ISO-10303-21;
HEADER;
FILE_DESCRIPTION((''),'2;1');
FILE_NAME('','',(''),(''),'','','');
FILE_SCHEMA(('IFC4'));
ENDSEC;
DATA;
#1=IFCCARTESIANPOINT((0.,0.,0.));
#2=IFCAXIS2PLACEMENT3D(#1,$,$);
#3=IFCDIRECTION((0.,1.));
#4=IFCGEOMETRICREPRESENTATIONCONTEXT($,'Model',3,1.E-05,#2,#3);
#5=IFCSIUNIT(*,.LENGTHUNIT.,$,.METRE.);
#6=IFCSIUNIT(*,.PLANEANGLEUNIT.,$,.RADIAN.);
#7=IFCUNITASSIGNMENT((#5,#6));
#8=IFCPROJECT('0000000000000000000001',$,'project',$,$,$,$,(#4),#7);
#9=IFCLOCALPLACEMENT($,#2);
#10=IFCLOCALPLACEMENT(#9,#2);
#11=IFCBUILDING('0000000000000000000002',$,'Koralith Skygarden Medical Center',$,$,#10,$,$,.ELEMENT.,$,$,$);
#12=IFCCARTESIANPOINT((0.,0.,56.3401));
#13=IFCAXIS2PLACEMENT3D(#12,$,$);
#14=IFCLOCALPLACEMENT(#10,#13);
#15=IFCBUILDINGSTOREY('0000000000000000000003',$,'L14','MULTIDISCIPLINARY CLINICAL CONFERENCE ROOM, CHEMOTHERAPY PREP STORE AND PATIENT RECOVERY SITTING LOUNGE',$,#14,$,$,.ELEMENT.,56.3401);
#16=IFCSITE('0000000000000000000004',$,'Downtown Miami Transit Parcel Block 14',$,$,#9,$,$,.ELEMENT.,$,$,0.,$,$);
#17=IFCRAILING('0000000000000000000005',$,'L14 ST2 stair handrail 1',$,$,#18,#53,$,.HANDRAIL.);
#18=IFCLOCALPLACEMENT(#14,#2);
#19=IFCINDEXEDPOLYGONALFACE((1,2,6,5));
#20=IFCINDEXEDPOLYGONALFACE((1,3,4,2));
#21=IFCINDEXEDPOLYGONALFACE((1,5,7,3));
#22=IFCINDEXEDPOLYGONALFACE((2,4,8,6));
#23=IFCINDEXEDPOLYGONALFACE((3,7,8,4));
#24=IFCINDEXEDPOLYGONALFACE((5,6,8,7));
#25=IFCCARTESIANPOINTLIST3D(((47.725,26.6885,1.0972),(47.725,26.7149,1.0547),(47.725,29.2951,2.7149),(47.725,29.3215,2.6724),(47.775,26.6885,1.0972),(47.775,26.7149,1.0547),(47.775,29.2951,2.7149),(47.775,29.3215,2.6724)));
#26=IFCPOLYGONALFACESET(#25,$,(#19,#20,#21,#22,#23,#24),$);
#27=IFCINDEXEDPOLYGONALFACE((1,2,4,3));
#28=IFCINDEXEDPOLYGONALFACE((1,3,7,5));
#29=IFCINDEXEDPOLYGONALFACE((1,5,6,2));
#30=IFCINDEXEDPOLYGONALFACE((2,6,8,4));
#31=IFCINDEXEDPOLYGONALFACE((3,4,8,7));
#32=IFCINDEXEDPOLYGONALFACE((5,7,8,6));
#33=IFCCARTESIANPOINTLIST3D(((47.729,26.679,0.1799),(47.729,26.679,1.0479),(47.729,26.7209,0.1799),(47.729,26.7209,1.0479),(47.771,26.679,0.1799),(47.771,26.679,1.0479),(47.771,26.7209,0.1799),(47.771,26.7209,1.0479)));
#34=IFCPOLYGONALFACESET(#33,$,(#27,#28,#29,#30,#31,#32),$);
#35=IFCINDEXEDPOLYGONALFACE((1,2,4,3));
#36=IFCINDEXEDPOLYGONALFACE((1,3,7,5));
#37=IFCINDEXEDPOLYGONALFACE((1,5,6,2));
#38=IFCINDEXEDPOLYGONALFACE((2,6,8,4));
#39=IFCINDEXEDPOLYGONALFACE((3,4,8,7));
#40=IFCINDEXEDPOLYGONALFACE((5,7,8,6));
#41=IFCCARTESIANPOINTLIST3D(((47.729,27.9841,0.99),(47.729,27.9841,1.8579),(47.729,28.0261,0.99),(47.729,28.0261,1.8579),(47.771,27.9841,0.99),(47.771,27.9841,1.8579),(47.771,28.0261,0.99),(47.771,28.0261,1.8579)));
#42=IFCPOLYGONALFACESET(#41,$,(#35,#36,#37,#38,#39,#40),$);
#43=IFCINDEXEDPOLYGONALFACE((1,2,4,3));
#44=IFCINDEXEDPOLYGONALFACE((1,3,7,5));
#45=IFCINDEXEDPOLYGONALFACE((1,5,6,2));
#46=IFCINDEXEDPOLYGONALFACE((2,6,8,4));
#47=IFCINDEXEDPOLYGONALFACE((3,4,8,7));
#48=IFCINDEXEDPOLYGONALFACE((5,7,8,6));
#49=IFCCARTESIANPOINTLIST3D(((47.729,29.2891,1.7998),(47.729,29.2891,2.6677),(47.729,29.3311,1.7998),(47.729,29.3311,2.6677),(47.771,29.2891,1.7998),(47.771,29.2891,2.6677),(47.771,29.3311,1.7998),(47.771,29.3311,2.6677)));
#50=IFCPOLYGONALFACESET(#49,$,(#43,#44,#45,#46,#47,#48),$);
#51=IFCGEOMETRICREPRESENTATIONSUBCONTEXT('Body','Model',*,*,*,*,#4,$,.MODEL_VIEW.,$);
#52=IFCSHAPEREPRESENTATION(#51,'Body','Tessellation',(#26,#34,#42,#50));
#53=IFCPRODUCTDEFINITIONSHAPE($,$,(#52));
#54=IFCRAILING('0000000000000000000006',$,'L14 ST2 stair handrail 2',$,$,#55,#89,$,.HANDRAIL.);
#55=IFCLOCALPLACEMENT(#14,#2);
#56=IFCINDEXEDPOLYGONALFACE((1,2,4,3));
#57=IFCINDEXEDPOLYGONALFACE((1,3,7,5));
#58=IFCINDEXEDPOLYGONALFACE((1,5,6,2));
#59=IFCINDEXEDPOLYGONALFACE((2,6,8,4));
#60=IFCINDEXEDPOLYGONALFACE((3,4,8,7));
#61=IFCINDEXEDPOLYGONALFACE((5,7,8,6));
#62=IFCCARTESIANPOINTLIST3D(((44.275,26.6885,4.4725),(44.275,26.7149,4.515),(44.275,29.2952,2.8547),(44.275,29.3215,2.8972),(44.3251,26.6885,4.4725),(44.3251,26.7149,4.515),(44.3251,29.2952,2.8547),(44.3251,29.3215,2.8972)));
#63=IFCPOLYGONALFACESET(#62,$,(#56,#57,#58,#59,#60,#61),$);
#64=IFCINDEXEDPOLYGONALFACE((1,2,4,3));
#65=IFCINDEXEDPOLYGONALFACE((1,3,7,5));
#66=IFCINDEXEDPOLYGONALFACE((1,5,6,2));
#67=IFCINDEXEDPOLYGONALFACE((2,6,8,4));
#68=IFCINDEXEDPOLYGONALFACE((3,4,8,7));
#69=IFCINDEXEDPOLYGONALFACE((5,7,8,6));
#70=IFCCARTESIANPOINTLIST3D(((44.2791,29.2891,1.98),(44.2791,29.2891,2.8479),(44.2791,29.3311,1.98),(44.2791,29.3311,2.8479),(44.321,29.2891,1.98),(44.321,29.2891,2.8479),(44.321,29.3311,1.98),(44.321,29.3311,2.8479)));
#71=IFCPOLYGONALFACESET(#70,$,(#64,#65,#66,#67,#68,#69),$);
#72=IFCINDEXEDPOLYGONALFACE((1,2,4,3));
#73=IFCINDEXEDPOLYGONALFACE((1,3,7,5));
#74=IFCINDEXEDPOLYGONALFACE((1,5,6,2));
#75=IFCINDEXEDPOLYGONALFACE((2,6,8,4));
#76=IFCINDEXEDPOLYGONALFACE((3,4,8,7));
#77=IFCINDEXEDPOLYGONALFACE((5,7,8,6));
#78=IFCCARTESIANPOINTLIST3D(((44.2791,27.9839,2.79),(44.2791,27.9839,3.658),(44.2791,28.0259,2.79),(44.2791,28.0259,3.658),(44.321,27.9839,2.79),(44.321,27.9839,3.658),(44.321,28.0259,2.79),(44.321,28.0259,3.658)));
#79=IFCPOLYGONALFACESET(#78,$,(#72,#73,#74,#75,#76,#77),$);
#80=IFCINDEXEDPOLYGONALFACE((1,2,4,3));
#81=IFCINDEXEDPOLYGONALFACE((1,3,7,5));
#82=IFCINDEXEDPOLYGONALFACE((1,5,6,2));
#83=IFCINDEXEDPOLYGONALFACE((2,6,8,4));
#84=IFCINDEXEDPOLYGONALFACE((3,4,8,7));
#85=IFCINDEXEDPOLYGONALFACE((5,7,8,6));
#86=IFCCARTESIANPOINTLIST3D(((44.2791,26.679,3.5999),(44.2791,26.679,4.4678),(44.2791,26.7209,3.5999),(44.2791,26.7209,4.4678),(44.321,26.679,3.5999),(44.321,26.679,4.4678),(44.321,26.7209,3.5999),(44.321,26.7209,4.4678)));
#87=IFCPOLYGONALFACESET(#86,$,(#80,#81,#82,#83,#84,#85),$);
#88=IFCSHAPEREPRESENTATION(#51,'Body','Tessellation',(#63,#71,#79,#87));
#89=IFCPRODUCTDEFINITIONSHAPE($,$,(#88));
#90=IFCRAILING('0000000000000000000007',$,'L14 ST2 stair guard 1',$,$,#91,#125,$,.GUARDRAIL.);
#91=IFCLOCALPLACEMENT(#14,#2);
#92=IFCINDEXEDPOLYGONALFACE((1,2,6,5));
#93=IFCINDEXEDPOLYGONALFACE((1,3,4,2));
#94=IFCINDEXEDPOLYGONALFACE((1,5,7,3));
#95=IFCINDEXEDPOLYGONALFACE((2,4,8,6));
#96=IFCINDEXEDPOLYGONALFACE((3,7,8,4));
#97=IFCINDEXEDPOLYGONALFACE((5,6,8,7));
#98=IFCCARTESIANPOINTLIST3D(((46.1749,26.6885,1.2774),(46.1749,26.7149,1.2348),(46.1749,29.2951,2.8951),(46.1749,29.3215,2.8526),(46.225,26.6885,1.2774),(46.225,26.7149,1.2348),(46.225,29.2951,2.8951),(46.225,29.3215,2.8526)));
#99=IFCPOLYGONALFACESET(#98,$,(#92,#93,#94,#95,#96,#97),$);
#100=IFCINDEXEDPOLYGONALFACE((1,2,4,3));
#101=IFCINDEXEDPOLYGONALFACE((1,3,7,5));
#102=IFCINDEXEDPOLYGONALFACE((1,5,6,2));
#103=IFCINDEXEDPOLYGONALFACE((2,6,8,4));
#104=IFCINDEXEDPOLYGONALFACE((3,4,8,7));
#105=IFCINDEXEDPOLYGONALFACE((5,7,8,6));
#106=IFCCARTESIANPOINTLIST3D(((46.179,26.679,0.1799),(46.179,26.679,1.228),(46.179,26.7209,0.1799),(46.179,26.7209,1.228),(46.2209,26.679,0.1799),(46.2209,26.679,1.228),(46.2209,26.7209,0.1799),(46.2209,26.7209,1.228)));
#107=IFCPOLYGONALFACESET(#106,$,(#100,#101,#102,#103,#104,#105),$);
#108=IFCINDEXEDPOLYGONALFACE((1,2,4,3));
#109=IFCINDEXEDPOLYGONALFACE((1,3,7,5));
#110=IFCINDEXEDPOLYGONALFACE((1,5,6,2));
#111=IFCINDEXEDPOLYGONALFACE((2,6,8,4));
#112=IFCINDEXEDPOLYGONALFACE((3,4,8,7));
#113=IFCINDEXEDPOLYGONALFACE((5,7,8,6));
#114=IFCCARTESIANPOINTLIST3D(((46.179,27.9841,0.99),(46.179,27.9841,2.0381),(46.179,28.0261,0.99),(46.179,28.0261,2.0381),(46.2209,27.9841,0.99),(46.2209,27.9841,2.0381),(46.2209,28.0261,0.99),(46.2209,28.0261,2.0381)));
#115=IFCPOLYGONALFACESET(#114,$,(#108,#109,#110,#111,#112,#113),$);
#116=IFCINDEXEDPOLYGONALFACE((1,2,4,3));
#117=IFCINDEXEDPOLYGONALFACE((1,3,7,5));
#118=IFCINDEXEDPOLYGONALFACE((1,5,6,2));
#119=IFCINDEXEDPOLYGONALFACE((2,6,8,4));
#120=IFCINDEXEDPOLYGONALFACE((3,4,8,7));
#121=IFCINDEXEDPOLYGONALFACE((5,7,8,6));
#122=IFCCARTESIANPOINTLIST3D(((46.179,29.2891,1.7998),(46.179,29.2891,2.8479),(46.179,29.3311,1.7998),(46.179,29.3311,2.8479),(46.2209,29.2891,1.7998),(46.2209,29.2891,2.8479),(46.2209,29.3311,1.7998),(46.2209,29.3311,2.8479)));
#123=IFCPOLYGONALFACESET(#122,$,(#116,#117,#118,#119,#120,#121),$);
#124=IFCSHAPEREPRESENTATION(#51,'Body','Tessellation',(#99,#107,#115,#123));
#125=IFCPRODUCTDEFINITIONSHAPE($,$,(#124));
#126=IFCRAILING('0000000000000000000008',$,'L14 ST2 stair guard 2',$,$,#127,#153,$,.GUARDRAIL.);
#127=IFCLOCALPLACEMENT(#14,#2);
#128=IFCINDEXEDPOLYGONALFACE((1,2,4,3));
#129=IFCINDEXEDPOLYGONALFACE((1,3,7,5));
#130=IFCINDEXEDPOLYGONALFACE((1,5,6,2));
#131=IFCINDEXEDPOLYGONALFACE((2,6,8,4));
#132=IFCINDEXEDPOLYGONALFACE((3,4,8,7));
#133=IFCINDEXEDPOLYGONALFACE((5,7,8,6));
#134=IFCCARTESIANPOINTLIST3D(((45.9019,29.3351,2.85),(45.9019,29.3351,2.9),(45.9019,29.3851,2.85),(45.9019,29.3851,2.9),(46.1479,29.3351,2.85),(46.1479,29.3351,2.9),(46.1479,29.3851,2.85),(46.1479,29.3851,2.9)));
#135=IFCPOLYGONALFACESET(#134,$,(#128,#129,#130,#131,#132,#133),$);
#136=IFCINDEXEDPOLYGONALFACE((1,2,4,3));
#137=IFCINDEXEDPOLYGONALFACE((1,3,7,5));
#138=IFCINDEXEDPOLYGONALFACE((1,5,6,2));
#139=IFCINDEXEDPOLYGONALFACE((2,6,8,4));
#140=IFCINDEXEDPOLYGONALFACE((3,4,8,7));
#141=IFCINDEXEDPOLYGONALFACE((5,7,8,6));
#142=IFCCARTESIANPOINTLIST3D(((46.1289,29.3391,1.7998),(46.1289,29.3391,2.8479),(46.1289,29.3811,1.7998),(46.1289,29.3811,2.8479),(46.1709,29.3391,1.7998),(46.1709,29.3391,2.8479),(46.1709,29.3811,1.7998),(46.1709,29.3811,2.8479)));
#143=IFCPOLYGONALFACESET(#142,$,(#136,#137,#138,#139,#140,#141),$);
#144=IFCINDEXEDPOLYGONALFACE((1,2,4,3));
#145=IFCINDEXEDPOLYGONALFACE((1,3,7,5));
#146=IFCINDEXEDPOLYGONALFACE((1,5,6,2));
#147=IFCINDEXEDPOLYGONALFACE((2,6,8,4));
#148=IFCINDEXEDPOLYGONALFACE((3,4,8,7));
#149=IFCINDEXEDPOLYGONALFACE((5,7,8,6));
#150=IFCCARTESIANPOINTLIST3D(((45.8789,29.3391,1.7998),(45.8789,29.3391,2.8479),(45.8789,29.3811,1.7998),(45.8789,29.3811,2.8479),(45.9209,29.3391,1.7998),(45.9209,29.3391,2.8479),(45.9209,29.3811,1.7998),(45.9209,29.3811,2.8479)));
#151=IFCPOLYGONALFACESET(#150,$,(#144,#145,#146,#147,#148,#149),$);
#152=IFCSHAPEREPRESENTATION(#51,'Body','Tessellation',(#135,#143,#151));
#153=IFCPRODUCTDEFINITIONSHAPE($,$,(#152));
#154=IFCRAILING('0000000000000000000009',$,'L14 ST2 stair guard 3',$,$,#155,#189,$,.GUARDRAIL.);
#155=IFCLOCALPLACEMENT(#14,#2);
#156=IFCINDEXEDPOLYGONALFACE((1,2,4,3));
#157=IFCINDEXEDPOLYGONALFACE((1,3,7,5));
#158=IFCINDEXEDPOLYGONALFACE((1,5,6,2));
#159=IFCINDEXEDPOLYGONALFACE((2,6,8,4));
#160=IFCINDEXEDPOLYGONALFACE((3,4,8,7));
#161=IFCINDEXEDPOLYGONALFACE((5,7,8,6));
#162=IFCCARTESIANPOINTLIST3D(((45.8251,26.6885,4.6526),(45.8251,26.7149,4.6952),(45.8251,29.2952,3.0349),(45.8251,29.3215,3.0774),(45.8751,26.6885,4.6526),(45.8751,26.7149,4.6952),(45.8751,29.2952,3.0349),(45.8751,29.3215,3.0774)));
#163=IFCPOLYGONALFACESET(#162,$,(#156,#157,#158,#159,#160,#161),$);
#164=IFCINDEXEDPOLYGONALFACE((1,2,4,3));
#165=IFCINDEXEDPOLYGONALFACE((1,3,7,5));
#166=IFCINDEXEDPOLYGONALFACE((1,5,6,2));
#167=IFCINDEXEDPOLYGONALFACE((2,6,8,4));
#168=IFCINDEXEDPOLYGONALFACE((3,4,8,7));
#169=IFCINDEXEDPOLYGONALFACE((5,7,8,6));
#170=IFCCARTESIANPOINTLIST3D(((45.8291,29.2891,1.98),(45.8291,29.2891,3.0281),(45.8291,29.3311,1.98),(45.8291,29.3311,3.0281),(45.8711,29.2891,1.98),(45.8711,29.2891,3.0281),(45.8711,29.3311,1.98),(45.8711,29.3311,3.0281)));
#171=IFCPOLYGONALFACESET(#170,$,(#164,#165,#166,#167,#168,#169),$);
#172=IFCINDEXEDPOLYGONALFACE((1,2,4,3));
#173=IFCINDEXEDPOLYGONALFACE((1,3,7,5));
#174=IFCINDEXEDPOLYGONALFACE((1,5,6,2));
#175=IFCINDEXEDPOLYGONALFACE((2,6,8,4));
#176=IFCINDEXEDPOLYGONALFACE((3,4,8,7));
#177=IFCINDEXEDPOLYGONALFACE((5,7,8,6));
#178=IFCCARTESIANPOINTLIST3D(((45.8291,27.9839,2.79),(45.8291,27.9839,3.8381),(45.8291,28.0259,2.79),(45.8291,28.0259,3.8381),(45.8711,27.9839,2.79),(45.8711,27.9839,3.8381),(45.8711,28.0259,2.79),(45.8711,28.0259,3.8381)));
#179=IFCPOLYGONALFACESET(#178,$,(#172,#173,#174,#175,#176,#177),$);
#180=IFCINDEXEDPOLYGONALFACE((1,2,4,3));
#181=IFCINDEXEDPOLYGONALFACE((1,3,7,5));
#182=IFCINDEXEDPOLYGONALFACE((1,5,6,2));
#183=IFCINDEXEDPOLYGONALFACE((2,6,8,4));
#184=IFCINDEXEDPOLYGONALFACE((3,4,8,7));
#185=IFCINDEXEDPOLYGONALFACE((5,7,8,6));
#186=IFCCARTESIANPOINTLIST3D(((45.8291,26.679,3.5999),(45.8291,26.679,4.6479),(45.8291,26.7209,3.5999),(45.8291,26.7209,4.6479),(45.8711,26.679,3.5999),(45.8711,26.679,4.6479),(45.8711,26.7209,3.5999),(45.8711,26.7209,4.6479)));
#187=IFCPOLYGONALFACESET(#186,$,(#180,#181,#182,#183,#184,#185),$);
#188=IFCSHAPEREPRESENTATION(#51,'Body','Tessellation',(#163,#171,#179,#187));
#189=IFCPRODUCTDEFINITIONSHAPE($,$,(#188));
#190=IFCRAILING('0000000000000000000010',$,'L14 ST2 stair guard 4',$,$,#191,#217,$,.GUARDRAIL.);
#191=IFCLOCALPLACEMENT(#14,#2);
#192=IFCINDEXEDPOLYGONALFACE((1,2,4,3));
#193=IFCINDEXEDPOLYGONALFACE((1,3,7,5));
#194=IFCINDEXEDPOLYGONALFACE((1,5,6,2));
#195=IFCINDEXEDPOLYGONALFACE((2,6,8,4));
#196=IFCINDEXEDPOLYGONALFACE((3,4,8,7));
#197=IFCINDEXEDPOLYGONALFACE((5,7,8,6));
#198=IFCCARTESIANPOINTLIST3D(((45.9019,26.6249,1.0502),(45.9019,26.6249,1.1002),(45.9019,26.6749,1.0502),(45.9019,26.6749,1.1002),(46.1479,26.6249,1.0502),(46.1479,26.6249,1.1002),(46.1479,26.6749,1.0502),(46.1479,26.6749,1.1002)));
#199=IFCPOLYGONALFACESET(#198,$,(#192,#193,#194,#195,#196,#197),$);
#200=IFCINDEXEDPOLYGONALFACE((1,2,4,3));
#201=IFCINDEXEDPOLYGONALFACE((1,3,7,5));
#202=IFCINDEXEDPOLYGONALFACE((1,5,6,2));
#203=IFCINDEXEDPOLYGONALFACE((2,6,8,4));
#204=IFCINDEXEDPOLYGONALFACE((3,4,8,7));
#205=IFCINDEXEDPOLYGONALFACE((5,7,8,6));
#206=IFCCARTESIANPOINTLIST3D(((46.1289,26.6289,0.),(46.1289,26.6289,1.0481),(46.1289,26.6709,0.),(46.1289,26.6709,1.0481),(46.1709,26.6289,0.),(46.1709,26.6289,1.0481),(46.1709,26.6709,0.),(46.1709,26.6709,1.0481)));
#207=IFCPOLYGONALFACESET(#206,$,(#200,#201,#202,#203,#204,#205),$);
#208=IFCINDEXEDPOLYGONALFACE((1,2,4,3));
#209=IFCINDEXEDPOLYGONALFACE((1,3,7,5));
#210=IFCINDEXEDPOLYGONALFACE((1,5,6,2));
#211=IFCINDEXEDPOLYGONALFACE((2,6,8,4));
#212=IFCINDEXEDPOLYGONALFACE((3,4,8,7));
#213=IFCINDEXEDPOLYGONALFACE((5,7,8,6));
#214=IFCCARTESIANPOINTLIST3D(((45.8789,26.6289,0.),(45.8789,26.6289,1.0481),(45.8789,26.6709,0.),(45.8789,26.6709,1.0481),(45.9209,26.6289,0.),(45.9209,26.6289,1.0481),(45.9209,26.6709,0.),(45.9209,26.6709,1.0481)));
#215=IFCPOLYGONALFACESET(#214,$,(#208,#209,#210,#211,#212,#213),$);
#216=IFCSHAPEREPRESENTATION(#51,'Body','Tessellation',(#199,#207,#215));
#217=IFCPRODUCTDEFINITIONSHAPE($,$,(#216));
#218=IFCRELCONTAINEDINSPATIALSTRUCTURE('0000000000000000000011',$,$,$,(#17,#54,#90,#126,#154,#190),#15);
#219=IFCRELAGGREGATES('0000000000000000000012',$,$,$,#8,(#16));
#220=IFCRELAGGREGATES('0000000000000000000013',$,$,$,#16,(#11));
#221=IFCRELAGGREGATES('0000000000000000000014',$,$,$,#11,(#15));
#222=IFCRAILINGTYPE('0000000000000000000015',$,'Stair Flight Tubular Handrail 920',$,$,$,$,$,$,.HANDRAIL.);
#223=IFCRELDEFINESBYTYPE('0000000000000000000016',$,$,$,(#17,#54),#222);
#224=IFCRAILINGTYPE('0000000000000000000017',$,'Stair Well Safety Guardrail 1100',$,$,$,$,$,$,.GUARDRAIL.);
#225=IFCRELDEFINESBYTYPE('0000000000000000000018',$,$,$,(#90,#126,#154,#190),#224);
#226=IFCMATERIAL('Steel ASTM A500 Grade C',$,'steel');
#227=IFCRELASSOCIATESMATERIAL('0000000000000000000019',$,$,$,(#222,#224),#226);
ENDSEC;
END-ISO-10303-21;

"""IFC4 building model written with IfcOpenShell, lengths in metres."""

from ifc_helpers import new_model, si_unit, direction, frame, origin, origin_2d, place, context, subcontext, project, spatial, rectangle, extrude, material, type_object, element, save


model = new_model("IFC4")

# Units and contexts
model_context = context("Model", 3, precision=1e-05, world=origin(), true_north=direction((0.0, 1.0)))
body_context = subcontext(model_context, "Body", "Model", "MODEL_VIEW")
ifc_project = project(units=[si_unit("LENGTHUNIT", "METRE"), si_unit("PLANEANGLEUNIT", "RADIAN")], contexts=[model_context])

# Site, building, storey
site_placement = place(None, origin())
site = spatial("IfcSite", under=ifc_project, at=site_placement, Name="Downtown Miami Transit Parcel Block 14", CompositionType="ELEMENT", RefElevation=0.0)
building_placement = place(site_placement, origin())
building = spatial("IfcBuilding", under=site, at=building_placement, Name="Koralith Skygarden Medical Center", CompositionType="ELEMENT")
storey_placement = place(building_placement, frame((0.0, 0.0, 56.3401)))
storey = spatial("IfcBuildingStorey", under=building, at=storey_placement, Name="L14", Description="MULTIDISCIPLINARY CLINICAL CONFERENCE ROOM, CHEMOTHERAPY PREP STORE AND PATIENT RECOVERY SITTING LOUNGE", CompositionType="ELEMENT", Elevation=56.3401)

# Railings
ifc_material_1 = material(Name="Steel ASTM A500 Grade C", Category="steel")
railing_type_1 = type_object("IfcRailingType", Name="Stair Flight Tubular Handrail 920", PredefinedType="HANDRAIL", material=ifc_material_1)
railing_1_placement = place(storey_placement, frame((47.75, 26.7, 0.1799)))
element("IfcRailing", 1, at=railing_1_placement, inside=storey, type_object=railing_type_1, Name="L14 ST2 stair handrail 1", PredefinedType="HANDRAIL", context=body_context, shape_type="SweptSolid", body=[
    extrude(rectangle(XDim=0.05, YDim=0.05, at=origin_2d()), frame((0.0, 0.0017, 0.896), z_axis=(0.0, 0.849668, 0.527317), x_axis=(-1.0, 0.0, 0.0)), (0.0, 0.0, 1.0), 3.0679),
    extrude(rectangle(XDim=0.042, YDim=0.042, at=origin_2d()), origin(), (0.0, 0.0, 1.0), 0.8679),
    extrude(rectangle(XDim=0.042, YDim=0.042, at=origin_2d()), frame((0.0, 1.3052, 0.8101)), (0.0, 0.0, 1.0), 0.8679),
    extrude(rectangle(XDim=0.042, YDim=0.042, at=origin_2d()), frame((0.0, 2.6101, 1.6199)), (0.0, 0.0, 1.0), 0.8679),
])
railing_2_placement = place(storey_placement, frame((44.3, 29.3101, 1.98)))
element("IfcRailing", 2, at=railing_2_placement, inside=storey, type_object=railing_type_1, Name="L14 ST2 stair handrail 2", PredefinedType="HANDRAIL", context=body_context, shape_type="SweptSolid", body=[
    extrude(rectangle(XDim=0.05, YDim=0.05, at=origin_2d()), frame((0.0, -0.0017, 0.896), z_axis=(0.0, -0.849668, 0.527317), x_axis=(1.0, 0.0, 0.0)), (0.0, 0.0, 1.0), 3.0679),
    extrude(rectangle(XDim=0.042, YDim=0.042, at=origin_2d()), origin(), (0.0, 0.0, 1.0), 0.8679),
    extrude(rectangle(XDim=0.042, YDim=0.042, at=origin_2d()), frame((0.0, -1.3052, 0.8101)), (0.0, 0.0, 1.0), 0.8679),
    extrude(rectangle(XDim=0.042, YDim=0.042, at=origin_2d()), frame((0.0, -2.6101, 1.6199)), (0.0, 0.0, 1.0), 0.8679),
])
railing_type_2 = type_object("IfcRailingType", Name="Stair Well Safety Guardrail 1100", PredefinedType="GUARDRAIL", material=ifc_material_1)
railing_3_placement = place(storey_placement, frame((46.2, 26.7, 0.1799)))
element("IfcRailing", 3, at=railing_3_placement, inside=storey, type_object=railing_type_2, Name="L14 ST2 stair guard 1", PredefinedType="GUARDRAIL", context=body_context, shape_type="SweptSolid", body=[
    extrude(rectangle(XDim=0.05, YDim=0.05, at=origin_2d()), frame((0.0, 0.0017, 1.0762), z_axis=(0.0, 0.849668, 0.527317), x_axis=(-1.0, 0.0, 0.0)), (0.0, 0.0, 1.0), 3.0679),
    extrude(rectangle(XDim=0.042, YDim=0.042, at=origin_2d()), origin(), (0.0, 0.0, 1.0), 1.0481),
    extrude(rectangle(XDim=0.042, YDim=0.042, at=origin_2d()), frame((0.0, 1.3052, 0.8101)), (0.0, 0.0, 1.0), 1.0481),
    extrude(rectangle(XDim=0.042, YDim=0.042, at=origin_2d()), frame((0.0, 2.6101, 1.6199)), (0.0, 0.0, 1.0), 1.0481),
])
railing_4_placement = place(storey_placement, frame((46.1499, 29.3601, 1.7998)))
element("IfcRailing", 4, at=railing_4_placement, inside=storey, type_object=railing_type_2, Name="L14 ST2 stair guard 2", PredefinedType="GUARDRAIL", context=body_context, shape_type="SweptSolid", body=[
    extrude(rectangle(XDim=0.05, YDim=0.05, at=origin_2d()), frame((-0.002, 0.0, 1.0752), z_axis=(-1.0, 0.0, 0.0), x_axis=(0.0, -1.0, 0.0)), (0.0, 0.0, 1.0), 0.2461),
    extrude(rectangle(XDim=0.042, YDim=0.042, at=origin_2d()), origin(), (0.0, 0.0, 1.0), 1.0481),
    extrude(rectangle(XDim=0.042, YDim=0.042, at=origin_2d()), frame((-0.25, 0.0, 0.0)), (0.0, 0.0, 1.0), 1.0481),
])
railing_5_placement = place(storey_placement, frame((45.8501, 29.3101, 1.98)))
element("IfcRailing", 5, at=railing_5_placement, inside=storey, type_object=railing_type_2, Name="L14 ST2 stair guard 3", PredefinedType="GUARDRAIL", context=body_context, shape_type="SweptSolid", body=[
    extrude(rectangle(XDim=0.05, YDim=0.05, at=origin_2d()), frame((0.0, -0.0017, 1.0762), z_axis=(0.0, -0.849668, 0.527317), x_axis=(1.0, 0.0, 0.0)), (0.0, 0.0, 1.0), 3.0679),
    extrude(rectangle(XDim=0.042, YDim=0.042, at=origin_2d()), origin(), (0.0, 0.0, 1.0), 1.0481),
    extrude(rectangle(XDim=0.042, YDim=0.042, at=origin_2d()), frame((0.0, -1.3052, 0.8101)), (0.0, 0.0, 1.0), 1.0481),
    extrude(rectangle(XDim=0.042, YDim=0.042, at=origin_2d()), frame((0.0, -2.6101, 1.6199)), (0.0, 0.0, 1.0), 1.0481),
])
railing_6_placement = place(storey_placement, frame((46.1499, 26.6499, 0.0)))
element("IfcRailing", 6, at=railing_6_placement, inside=storey, type_object=railing_type_2, Name="L14 ST2 stair guard 4", PredefinedType="GUARDRAIL", context=body_context, shape_type="SweptSolid", body=[
    extrude(rectangle(XDim=0.05, YDim=0.05, at=origin_2d()), frame((-0.002, 0.0, 1.0752), z_axis=(-1.0, 0.0, 0.0), x_axis=(0.0, -1.0, 0.0)), (0.0, 0.0, 1.0), 0.2461),
    extrude(rectangle(XDim=0.042, YDim=0.042, at=origin_2d()), origin(), (0.0, 0.0, 1.0), 1.0481),
    extrude(rectangle(XDim=0.042, YDim=0.042, at=origin_2d()), frame((-0.25, 0.0, 0.0)), (0.0, 0.0, 1.0), 1.0481),
])

save(model, "model.ifc")
